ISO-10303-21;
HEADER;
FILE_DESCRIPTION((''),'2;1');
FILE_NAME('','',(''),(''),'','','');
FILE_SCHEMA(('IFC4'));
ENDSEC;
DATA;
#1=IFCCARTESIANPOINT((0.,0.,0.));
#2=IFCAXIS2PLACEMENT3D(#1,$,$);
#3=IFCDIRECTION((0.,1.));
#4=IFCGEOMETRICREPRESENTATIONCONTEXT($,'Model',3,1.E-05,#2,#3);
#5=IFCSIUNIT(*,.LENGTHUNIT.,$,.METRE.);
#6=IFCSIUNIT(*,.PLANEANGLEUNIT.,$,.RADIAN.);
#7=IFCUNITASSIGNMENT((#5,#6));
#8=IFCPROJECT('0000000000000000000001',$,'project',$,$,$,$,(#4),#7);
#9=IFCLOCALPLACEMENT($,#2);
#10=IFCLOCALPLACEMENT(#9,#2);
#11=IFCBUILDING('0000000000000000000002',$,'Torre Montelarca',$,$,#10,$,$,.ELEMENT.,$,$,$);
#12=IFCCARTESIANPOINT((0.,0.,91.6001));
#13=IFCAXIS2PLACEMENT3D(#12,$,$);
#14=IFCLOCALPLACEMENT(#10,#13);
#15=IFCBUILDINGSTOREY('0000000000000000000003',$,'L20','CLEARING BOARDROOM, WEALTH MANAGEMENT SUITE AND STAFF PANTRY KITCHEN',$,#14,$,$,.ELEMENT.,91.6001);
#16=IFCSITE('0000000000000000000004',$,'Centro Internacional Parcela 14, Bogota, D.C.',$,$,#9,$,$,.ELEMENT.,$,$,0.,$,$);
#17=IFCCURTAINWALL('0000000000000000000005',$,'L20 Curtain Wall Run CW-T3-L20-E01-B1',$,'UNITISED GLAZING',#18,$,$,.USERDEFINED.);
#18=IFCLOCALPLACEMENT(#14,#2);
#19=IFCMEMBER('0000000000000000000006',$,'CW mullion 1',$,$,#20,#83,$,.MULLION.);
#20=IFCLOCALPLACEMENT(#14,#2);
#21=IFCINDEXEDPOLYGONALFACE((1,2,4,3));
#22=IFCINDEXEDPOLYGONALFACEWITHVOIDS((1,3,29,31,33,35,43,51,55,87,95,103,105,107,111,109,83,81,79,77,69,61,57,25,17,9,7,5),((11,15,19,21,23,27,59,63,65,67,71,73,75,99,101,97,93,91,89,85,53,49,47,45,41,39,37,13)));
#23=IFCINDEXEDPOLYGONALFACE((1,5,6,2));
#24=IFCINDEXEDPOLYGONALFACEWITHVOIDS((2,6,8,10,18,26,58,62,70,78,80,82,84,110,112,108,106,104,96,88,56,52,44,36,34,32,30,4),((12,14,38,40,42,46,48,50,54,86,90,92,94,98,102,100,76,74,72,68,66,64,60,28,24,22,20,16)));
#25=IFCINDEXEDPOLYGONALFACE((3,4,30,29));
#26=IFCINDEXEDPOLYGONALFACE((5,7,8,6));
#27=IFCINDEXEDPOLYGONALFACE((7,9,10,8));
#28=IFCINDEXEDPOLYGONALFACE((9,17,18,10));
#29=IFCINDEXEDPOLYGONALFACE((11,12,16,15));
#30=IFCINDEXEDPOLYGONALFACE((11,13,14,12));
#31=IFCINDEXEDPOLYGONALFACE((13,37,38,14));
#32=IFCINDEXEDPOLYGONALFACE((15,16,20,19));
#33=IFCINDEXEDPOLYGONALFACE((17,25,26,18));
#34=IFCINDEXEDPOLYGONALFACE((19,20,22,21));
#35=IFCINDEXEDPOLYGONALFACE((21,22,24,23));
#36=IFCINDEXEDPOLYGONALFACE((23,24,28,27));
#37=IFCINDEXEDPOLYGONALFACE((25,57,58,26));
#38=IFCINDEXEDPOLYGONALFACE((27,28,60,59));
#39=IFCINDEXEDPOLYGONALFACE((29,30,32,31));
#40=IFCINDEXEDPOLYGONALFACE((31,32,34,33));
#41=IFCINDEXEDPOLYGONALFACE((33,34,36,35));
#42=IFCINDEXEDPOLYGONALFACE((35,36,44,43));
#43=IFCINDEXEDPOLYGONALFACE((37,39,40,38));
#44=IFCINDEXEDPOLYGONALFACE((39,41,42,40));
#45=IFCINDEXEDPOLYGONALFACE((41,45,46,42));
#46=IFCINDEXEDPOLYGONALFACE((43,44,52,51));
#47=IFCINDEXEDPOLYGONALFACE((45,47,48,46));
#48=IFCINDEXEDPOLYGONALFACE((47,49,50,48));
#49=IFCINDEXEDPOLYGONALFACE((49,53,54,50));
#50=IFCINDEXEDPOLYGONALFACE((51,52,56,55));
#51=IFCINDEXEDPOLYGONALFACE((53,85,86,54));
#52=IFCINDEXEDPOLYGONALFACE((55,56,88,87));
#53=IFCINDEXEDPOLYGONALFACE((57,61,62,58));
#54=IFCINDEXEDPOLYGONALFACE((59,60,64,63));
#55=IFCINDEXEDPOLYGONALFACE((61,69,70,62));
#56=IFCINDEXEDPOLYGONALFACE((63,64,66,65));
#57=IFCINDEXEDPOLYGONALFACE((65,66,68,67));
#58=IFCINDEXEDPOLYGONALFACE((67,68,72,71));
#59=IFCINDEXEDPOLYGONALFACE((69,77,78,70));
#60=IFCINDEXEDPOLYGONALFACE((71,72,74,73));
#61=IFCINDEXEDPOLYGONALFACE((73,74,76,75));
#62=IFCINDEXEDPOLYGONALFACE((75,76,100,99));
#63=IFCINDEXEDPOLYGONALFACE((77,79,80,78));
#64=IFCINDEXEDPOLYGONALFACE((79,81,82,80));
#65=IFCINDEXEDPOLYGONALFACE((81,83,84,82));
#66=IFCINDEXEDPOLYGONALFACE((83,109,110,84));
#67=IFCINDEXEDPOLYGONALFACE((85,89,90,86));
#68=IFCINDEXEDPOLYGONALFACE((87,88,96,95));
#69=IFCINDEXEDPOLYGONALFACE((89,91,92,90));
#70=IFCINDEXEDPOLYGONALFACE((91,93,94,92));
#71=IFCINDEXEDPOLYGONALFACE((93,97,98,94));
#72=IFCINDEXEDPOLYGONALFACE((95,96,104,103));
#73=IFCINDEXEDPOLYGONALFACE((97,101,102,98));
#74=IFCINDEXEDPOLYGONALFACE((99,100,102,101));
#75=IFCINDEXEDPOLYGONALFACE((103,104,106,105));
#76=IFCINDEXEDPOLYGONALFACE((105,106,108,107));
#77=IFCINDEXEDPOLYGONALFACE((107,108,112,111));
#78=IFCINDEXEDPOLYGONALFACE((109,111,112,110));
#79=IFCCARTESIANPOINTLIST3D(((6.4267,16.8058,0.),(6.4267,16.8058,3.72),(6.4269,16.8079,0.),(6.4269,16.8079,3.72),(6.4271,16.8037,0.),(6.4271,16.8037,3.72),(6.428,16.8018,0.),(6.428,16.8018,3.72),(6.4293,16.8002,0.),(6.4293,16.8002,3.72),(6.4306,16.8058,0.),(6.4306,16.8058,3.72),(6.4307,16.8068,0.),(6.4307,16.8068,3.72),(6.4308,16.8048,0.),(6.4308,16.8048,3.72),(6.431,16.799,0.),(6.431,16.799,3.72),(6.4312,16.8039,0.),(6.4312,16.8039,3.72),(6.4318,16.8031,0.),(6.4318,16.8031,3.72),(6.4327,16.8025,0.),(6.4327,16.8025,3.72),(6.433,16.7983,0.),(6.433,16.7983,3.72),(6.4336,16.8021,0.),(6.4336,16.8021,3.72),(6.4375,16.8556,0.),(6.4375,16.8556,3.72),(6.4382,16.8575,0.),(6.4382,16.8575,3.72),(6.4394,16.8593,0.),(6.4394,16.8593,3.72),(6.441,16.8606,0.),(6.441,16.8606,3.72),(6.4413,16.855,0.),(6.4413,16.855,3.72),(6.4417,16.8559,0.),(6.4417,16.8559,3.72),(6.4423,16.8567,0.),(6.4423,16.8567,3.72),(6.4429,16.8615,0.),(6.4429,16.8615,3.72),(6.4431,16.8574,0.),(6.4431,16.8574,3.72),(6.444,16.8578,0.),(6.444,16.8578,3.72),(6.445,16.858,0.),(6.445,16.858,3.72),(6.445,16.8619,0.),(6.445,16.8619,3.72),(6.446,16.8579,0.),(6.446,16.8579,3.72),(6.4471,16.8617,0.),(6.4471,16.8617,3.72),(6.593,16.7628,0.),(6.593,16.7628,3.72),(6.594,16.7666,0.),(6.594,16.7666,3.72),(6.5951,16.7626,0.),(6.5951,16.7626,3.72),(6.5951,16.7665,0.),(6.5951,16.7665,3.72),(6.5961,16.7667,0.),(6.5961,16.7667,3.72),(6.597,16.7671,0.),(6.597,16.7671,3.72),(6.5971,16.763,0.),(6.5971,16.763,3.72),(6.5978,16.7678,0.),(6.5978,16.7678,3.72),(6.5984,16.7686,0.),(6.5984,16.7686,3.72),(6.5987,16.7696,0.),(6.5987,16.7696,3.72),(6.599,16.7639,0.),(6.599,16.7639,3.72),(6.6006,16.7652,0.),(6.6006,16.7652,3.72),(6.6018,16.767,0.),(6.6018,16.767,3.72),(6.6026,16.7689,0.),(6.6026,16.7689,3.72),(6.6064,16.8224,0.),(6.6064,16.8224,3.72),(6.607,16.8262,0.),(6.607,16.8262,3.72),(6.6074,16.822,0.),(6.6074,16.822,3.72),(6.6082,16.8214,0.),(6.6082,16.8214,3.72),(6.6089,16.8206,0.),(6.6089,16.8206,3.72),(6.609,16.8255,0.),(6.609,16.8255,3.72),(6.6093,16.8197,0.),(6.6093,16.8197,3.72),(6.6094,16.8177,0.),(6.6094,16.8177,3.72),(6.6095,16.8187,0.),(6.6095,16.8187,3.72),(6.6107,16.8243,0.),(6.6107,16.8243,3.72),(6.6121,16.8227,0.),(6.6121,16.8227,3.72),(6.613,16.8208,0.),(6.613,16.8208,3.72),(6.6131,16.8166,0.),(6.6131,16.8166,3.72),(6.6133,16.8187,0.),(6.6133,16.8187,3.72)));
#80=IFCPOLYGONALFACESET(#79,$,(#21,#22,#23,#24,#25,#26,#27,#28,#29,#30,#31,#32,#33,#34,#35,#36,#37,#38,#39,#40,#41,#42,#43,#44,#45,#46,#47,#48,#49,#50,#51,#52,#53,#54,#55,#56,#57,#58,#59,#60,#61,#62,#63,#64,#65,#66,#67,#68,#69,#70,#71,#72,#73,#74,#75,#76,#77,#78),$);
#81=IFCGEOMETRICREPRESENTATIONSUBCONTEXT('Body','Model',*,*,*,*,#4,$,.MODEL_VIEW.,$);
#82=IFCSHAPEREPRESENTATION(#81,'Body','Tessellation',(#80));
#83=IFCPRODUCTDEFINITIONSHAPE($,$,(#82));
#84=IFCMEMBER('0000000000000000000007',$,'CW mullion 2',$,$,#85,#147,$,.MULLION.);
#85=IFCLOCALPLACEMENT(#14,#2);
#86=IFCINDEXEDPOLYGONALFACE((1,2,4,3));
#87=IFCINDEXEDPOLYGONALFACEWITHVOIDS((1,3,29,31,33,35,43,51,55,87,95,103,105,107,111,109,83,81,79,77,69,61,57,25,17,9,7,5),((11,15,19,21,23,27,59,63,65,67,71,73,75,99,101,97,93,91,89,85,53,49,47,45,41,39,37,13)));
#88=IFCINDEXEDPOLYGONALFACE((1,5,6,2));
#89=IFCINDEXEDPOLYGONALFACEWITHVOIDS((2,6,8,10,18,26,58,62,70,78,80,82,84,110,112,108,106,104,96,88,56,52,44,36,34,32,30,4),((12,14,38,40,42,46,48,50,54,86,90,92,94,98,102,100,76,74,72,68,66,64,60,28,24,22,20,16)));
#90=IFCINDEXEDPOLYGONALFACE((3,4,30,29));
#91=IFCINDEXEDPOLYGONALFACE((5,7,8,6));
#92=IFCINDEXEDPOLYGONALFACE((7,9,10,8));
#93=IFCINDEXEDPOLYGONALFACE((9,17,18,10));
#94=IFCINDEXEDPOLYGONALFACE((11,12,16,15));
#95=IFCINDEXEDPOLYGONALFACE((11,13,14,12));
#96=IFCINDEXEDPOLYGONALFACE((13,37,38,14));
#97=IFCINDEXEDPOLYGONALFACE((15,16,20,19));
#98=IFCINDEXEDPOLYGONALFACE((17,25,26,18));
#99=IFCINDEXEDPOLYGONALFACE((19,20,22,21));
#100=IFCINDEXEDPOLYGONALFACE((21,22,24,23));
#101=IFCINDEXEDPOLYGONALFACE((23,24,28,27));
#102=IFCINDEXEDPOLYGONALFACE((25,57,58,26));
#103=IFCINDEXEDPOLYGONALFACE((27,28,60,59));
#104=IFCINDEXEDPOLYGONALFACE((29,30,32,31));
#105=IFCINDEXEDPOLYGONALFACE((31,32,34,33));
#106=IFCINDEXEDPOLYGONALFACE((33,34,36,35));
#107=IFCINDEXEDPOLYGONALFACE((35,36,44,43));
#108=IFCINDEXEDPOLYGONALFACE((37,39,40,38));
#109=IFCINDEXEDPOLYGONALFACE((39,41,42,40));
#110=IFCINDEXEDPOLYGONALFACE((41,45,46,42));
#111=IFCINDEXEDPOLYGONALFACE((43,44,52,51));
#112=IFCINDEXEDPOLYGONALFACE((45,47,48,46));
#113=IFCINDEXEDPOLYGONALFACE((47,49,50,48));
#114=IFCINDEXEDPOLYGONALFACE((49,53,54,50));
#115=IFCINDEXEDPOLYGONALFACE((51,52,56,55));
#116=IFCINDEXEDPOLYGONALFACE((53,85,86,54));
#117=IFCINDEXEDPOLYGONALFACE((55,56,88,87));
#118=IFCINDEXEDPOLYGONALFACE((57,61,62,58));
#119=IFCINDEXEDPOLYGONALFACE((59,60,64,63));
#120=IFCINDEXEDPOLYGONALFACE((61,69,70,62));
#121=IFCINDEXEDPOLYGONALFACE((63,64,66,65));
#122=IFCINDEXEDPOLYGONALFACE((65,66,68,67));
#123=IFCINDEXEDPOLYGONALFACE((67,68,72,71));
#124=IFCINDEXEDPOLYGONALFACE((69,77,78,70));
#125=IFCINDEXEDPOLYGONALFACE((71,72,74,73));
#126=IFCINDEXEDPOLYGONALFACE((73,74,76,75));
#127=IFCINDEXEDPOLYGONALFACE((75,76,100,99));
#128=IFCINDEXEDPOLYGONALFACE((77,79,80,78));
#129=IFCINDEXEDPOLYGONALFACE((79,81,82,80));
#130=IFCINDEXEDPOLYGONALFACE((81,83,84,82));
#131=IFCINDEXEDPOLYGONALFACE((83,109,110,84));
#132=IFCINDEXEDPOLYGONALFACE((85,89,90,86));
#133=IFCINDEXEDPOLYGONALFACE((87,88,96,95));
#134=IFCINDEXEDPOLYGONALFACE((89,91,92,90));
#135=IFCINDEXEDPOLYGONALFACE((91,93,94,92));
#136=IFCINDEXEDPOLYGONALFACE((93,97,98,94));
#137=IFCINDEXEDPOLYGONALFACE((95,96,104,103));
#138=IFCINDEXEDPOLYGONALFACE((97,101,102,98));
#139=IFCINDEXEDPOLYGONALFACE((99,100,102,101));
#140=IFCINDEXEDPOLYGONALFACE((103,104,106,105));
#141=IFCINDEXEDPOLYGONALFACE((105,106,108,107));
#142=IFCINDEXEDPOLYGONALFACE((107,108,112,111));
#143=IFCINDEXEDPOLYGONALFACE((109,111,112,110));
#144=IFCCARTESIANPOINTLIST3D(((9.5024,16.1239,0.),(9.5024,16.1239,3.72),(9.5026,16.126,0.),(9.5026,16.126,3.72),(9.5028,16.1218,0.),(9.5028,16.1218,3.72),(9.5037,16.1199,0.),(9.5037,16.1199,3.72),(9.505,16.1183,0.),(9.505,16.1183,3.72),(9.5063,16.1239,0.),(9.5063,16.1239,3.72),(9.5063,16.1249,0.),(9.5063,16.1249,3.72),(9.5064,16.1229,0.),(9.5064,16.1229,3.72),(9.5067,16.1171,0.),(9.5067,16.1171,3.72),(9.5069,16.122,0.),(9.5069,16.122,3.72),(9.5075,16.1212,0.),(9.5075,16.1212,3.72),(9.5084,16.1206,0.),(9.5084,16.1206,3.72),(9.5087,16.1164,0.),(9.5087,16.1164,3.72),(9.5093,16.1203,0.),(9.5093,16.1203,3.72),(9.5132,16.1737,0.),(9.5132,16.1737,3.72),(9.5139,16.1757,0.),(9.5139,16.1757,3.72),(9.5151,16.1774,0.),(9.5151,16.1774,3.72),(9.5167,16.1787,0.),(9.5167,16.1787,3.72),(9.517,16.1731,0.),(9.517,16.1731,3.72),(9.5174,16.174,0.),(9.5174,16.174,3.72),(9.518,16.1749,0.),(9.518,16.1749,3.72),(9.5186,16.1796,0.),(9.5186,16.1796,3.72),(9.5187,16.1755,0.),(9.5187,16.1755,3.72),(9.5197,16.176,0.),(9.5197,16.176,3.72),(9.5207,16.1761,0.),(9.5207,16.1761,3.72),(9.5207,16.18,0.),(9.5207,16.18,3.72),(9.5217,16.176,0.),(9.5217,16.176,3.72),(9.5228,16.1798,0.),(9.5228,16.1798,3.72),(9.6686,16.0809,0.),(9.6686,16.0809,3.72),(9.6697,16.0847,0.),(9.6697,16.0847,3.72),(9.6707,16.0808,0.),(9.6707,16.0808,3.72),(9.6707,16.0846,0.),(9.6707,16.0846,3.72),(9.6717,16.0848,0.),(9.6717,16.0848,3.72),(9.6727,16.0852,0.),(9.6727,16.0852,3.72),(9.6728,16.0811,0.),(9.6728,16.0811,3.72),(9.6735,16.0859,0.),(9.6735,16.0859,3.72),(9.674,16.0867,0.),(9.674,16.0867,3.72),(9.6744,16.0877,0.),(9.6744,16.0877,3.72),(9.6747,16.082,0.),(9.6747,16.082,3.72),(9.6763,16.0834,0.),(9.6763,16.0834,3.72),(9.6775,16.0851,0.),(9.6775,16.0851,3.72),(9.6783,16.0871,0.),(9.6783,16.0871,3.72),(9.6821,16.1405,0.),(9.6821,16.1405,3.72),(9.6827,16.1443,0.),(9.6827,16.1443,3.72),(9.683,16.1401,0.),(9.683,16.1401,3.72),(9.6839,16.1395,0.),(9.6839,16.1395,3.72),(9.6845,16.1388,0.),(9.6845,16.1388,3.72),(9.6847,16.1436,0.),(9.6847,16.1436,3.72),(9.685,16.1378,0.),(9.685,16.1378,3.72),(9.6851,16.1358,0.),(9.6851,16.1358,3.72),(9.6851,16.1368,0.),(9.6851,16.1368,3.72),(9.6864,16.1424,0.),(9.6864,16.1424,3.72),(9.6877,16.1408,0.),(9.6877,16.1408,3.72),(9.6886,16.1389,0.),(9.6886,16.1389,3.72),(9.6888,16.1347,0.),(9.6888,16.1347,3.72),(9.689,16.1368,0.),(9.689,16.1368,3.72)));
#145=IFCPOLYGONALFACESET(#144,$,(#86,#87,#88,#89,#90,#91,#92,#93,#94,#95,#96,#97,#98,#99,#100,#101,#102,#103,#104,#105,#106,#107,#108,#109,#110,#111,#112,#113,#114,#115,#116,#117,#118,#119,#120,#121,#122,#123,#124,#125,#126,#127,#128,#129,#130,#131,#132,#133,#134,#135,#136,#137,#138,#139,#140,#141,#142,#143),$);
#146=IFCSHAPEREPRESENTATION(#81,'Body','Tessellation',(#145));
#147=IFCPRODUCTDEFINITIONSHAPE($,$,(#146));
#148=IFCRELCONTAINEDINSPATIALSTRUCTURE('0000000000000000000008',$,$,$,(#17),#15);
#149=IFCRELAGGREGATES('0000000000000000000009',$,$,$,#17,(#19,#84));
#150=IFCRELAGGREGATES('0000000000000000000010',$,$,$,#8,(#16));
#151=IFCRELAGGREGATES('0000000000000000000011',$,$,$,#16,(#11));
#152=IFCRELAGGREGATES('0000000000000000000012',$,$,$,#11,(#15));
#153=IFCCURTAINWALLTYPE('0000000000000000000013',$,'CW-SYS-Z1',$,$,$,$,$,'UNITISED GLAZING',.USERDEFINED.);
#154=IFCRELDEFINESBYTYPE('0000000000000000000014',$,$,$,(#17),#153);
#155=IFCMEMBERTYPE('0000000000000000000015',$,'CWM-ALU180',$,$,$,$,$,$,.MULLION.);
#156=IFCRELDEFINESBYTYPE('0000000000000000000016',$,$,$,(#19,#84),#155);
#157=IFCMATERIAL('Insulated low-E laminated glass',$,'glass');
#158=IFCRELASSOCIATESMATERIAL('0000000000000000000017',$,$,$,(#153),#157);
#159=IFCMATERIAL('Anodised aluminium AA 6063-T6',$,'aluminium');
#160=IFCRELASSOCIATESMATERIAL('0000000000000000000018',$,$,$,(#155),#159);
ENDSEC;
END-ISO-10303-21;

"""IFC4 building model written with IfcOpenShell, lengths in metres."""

from ifc_helpers import new_model, si_unit, direction, frame, origin, origin_2d, place, context, subcontext, project, spatial, hollow_rectangle, extrude, source, transform, mapped, material, material_profile, profile_set, type_object, element, aggregate, save


model = new_model("IFC4")

# Units and contexts
model_context = context("Model", 3, precision=1e-05, world=origin(), true_north=direction((0.0, 1.0)))
body_context = subcontext(model_context, "Body", "Model", "MODEL_VIEW")
ifc_project = project(units=[si_unit("LENGTHUNIT", "METRE"), si_unit("PLANEANGLEUNIT", "RADIAN")], contexts=[model_context])

# Site, building, storey
site_placement = place(None, origin())
site = spatial("IfcSite", under=ifc_project, at=site_placement, Name="Centro Internacional Parcela 14, Bogota, D.C.", CompositionType="ELEMENT", RefElevation=0.0)
building_placement = place(site_placement, origin())
building = spatial("IfcBuilding", under=site, at=building_placement, Name="Torre Montelarca", CompositionType="ELEMENT")
storey_placement = place(building_placement, frame((0.0, 0.0, 91.6001)))
storey = spatial("IfcBuildingStorey", under=building, at=storey_placement, Name="L20", Description="CLEARING BOARDROOM, WEALTH MANAGEMENT SUITE AND STAFF PANTRY KITCHEN", CompositionType="ELEMENT", Elevation=91.6001)

# Curtain wall
ifc_material_1 = material(Name="Insulated low-E laminated glass", Category="glass")
curtain_wall_type = type_object("IfcCurtainWallType", Name="CW-SYS-Z1", ElementType="UNITISED GLAZING", PredefinedType="USERDEFINED", material=ifc_material_1)
curtain_wall_1_placement = place(storey_placement, origin())
curtain_wall_1 = element("IfcCurtainWall", 1, at=curtain_wall_1_placement, inside=storey, type_object=curtain_wall_type, Name="L20 Curtain Wall Run CW-T3-L20-E01-B1", ObjectType="UNITISED GLAZING", PredefinedType="USERDEFINED")
ifc_material_2 = material(Name="Anodised aluminium AA 6063-T6", Category="aluminium")

# Members
ifc_material_profile_1 = material_profile(ifc_material_2, hollow_rectangle(XDim=0.0649, YDim=0.1799, WallThickness=0.0039, InnerFilletRadius=0.0039, OuterFilletRadius=0.0081, at=origin_2d()), Name="ALU65X180X4", Category="aluminium")
ifc_profile_set_1 = profile_set([ifc_material_profile_1], Name="Anodised aluminium AA 6063-T6")
member_type_1 = type_object("IfcMemberType", Name="CWM-ALU180", PredefinedType="MULLION", material=ifc_profile_set_1)
shared_shape_1 = source(origin(), body_context, "Body", "SweptSolid", [
    extrude(hollow_rectangle(XDim=0.0649, YDim=0.1799, WallThickness=0.0039, InnerFilletRadius=0.0039, OuterFilletRadius=0.0081, at=origin_2d()), origin(), (0.0, 0.0, 1.0), 3.72),
])
member_1_placement = place(storey_placement, frame((6.52, 16.8123, 0.0), z_axis=(0.0, 0.0, 1.0), x_axis=(0.216441, 0.976296, 0.0)))
member_1 = element("IfcMember", 2, at=member_1_placement, type_object=member_type_1, Name="CW mullion 1", PredefinedType="MULLION", context=body_context, shape_type="MappedRepresentation", body=[
    mapped(shared_shape_1, transform((0.0, 0.0, 0.0), scale=1.0)),
])
member_2_placement = place(storey_placement, frame((9.5957, 16.1304, 0.0), z_axis=(0.0, 0.0, 1.0), x_axis=(0.216441, 0.976296, 0.0)))
member_2 = element("IfcMember", 3, at=member_2_placement, type_object=member_type_1, Name="CW mullion 2", PredefinedType="MULLION", context=body_context, shape_type="MappedRepresentation", body=[
    mapped(shared_shape_1, transform((0.0, 0.0, 0.0), scale=1.0)),
])

aggregate(curtain_wall_1, [member_1, member_2])

save(model, "model.ifc")
